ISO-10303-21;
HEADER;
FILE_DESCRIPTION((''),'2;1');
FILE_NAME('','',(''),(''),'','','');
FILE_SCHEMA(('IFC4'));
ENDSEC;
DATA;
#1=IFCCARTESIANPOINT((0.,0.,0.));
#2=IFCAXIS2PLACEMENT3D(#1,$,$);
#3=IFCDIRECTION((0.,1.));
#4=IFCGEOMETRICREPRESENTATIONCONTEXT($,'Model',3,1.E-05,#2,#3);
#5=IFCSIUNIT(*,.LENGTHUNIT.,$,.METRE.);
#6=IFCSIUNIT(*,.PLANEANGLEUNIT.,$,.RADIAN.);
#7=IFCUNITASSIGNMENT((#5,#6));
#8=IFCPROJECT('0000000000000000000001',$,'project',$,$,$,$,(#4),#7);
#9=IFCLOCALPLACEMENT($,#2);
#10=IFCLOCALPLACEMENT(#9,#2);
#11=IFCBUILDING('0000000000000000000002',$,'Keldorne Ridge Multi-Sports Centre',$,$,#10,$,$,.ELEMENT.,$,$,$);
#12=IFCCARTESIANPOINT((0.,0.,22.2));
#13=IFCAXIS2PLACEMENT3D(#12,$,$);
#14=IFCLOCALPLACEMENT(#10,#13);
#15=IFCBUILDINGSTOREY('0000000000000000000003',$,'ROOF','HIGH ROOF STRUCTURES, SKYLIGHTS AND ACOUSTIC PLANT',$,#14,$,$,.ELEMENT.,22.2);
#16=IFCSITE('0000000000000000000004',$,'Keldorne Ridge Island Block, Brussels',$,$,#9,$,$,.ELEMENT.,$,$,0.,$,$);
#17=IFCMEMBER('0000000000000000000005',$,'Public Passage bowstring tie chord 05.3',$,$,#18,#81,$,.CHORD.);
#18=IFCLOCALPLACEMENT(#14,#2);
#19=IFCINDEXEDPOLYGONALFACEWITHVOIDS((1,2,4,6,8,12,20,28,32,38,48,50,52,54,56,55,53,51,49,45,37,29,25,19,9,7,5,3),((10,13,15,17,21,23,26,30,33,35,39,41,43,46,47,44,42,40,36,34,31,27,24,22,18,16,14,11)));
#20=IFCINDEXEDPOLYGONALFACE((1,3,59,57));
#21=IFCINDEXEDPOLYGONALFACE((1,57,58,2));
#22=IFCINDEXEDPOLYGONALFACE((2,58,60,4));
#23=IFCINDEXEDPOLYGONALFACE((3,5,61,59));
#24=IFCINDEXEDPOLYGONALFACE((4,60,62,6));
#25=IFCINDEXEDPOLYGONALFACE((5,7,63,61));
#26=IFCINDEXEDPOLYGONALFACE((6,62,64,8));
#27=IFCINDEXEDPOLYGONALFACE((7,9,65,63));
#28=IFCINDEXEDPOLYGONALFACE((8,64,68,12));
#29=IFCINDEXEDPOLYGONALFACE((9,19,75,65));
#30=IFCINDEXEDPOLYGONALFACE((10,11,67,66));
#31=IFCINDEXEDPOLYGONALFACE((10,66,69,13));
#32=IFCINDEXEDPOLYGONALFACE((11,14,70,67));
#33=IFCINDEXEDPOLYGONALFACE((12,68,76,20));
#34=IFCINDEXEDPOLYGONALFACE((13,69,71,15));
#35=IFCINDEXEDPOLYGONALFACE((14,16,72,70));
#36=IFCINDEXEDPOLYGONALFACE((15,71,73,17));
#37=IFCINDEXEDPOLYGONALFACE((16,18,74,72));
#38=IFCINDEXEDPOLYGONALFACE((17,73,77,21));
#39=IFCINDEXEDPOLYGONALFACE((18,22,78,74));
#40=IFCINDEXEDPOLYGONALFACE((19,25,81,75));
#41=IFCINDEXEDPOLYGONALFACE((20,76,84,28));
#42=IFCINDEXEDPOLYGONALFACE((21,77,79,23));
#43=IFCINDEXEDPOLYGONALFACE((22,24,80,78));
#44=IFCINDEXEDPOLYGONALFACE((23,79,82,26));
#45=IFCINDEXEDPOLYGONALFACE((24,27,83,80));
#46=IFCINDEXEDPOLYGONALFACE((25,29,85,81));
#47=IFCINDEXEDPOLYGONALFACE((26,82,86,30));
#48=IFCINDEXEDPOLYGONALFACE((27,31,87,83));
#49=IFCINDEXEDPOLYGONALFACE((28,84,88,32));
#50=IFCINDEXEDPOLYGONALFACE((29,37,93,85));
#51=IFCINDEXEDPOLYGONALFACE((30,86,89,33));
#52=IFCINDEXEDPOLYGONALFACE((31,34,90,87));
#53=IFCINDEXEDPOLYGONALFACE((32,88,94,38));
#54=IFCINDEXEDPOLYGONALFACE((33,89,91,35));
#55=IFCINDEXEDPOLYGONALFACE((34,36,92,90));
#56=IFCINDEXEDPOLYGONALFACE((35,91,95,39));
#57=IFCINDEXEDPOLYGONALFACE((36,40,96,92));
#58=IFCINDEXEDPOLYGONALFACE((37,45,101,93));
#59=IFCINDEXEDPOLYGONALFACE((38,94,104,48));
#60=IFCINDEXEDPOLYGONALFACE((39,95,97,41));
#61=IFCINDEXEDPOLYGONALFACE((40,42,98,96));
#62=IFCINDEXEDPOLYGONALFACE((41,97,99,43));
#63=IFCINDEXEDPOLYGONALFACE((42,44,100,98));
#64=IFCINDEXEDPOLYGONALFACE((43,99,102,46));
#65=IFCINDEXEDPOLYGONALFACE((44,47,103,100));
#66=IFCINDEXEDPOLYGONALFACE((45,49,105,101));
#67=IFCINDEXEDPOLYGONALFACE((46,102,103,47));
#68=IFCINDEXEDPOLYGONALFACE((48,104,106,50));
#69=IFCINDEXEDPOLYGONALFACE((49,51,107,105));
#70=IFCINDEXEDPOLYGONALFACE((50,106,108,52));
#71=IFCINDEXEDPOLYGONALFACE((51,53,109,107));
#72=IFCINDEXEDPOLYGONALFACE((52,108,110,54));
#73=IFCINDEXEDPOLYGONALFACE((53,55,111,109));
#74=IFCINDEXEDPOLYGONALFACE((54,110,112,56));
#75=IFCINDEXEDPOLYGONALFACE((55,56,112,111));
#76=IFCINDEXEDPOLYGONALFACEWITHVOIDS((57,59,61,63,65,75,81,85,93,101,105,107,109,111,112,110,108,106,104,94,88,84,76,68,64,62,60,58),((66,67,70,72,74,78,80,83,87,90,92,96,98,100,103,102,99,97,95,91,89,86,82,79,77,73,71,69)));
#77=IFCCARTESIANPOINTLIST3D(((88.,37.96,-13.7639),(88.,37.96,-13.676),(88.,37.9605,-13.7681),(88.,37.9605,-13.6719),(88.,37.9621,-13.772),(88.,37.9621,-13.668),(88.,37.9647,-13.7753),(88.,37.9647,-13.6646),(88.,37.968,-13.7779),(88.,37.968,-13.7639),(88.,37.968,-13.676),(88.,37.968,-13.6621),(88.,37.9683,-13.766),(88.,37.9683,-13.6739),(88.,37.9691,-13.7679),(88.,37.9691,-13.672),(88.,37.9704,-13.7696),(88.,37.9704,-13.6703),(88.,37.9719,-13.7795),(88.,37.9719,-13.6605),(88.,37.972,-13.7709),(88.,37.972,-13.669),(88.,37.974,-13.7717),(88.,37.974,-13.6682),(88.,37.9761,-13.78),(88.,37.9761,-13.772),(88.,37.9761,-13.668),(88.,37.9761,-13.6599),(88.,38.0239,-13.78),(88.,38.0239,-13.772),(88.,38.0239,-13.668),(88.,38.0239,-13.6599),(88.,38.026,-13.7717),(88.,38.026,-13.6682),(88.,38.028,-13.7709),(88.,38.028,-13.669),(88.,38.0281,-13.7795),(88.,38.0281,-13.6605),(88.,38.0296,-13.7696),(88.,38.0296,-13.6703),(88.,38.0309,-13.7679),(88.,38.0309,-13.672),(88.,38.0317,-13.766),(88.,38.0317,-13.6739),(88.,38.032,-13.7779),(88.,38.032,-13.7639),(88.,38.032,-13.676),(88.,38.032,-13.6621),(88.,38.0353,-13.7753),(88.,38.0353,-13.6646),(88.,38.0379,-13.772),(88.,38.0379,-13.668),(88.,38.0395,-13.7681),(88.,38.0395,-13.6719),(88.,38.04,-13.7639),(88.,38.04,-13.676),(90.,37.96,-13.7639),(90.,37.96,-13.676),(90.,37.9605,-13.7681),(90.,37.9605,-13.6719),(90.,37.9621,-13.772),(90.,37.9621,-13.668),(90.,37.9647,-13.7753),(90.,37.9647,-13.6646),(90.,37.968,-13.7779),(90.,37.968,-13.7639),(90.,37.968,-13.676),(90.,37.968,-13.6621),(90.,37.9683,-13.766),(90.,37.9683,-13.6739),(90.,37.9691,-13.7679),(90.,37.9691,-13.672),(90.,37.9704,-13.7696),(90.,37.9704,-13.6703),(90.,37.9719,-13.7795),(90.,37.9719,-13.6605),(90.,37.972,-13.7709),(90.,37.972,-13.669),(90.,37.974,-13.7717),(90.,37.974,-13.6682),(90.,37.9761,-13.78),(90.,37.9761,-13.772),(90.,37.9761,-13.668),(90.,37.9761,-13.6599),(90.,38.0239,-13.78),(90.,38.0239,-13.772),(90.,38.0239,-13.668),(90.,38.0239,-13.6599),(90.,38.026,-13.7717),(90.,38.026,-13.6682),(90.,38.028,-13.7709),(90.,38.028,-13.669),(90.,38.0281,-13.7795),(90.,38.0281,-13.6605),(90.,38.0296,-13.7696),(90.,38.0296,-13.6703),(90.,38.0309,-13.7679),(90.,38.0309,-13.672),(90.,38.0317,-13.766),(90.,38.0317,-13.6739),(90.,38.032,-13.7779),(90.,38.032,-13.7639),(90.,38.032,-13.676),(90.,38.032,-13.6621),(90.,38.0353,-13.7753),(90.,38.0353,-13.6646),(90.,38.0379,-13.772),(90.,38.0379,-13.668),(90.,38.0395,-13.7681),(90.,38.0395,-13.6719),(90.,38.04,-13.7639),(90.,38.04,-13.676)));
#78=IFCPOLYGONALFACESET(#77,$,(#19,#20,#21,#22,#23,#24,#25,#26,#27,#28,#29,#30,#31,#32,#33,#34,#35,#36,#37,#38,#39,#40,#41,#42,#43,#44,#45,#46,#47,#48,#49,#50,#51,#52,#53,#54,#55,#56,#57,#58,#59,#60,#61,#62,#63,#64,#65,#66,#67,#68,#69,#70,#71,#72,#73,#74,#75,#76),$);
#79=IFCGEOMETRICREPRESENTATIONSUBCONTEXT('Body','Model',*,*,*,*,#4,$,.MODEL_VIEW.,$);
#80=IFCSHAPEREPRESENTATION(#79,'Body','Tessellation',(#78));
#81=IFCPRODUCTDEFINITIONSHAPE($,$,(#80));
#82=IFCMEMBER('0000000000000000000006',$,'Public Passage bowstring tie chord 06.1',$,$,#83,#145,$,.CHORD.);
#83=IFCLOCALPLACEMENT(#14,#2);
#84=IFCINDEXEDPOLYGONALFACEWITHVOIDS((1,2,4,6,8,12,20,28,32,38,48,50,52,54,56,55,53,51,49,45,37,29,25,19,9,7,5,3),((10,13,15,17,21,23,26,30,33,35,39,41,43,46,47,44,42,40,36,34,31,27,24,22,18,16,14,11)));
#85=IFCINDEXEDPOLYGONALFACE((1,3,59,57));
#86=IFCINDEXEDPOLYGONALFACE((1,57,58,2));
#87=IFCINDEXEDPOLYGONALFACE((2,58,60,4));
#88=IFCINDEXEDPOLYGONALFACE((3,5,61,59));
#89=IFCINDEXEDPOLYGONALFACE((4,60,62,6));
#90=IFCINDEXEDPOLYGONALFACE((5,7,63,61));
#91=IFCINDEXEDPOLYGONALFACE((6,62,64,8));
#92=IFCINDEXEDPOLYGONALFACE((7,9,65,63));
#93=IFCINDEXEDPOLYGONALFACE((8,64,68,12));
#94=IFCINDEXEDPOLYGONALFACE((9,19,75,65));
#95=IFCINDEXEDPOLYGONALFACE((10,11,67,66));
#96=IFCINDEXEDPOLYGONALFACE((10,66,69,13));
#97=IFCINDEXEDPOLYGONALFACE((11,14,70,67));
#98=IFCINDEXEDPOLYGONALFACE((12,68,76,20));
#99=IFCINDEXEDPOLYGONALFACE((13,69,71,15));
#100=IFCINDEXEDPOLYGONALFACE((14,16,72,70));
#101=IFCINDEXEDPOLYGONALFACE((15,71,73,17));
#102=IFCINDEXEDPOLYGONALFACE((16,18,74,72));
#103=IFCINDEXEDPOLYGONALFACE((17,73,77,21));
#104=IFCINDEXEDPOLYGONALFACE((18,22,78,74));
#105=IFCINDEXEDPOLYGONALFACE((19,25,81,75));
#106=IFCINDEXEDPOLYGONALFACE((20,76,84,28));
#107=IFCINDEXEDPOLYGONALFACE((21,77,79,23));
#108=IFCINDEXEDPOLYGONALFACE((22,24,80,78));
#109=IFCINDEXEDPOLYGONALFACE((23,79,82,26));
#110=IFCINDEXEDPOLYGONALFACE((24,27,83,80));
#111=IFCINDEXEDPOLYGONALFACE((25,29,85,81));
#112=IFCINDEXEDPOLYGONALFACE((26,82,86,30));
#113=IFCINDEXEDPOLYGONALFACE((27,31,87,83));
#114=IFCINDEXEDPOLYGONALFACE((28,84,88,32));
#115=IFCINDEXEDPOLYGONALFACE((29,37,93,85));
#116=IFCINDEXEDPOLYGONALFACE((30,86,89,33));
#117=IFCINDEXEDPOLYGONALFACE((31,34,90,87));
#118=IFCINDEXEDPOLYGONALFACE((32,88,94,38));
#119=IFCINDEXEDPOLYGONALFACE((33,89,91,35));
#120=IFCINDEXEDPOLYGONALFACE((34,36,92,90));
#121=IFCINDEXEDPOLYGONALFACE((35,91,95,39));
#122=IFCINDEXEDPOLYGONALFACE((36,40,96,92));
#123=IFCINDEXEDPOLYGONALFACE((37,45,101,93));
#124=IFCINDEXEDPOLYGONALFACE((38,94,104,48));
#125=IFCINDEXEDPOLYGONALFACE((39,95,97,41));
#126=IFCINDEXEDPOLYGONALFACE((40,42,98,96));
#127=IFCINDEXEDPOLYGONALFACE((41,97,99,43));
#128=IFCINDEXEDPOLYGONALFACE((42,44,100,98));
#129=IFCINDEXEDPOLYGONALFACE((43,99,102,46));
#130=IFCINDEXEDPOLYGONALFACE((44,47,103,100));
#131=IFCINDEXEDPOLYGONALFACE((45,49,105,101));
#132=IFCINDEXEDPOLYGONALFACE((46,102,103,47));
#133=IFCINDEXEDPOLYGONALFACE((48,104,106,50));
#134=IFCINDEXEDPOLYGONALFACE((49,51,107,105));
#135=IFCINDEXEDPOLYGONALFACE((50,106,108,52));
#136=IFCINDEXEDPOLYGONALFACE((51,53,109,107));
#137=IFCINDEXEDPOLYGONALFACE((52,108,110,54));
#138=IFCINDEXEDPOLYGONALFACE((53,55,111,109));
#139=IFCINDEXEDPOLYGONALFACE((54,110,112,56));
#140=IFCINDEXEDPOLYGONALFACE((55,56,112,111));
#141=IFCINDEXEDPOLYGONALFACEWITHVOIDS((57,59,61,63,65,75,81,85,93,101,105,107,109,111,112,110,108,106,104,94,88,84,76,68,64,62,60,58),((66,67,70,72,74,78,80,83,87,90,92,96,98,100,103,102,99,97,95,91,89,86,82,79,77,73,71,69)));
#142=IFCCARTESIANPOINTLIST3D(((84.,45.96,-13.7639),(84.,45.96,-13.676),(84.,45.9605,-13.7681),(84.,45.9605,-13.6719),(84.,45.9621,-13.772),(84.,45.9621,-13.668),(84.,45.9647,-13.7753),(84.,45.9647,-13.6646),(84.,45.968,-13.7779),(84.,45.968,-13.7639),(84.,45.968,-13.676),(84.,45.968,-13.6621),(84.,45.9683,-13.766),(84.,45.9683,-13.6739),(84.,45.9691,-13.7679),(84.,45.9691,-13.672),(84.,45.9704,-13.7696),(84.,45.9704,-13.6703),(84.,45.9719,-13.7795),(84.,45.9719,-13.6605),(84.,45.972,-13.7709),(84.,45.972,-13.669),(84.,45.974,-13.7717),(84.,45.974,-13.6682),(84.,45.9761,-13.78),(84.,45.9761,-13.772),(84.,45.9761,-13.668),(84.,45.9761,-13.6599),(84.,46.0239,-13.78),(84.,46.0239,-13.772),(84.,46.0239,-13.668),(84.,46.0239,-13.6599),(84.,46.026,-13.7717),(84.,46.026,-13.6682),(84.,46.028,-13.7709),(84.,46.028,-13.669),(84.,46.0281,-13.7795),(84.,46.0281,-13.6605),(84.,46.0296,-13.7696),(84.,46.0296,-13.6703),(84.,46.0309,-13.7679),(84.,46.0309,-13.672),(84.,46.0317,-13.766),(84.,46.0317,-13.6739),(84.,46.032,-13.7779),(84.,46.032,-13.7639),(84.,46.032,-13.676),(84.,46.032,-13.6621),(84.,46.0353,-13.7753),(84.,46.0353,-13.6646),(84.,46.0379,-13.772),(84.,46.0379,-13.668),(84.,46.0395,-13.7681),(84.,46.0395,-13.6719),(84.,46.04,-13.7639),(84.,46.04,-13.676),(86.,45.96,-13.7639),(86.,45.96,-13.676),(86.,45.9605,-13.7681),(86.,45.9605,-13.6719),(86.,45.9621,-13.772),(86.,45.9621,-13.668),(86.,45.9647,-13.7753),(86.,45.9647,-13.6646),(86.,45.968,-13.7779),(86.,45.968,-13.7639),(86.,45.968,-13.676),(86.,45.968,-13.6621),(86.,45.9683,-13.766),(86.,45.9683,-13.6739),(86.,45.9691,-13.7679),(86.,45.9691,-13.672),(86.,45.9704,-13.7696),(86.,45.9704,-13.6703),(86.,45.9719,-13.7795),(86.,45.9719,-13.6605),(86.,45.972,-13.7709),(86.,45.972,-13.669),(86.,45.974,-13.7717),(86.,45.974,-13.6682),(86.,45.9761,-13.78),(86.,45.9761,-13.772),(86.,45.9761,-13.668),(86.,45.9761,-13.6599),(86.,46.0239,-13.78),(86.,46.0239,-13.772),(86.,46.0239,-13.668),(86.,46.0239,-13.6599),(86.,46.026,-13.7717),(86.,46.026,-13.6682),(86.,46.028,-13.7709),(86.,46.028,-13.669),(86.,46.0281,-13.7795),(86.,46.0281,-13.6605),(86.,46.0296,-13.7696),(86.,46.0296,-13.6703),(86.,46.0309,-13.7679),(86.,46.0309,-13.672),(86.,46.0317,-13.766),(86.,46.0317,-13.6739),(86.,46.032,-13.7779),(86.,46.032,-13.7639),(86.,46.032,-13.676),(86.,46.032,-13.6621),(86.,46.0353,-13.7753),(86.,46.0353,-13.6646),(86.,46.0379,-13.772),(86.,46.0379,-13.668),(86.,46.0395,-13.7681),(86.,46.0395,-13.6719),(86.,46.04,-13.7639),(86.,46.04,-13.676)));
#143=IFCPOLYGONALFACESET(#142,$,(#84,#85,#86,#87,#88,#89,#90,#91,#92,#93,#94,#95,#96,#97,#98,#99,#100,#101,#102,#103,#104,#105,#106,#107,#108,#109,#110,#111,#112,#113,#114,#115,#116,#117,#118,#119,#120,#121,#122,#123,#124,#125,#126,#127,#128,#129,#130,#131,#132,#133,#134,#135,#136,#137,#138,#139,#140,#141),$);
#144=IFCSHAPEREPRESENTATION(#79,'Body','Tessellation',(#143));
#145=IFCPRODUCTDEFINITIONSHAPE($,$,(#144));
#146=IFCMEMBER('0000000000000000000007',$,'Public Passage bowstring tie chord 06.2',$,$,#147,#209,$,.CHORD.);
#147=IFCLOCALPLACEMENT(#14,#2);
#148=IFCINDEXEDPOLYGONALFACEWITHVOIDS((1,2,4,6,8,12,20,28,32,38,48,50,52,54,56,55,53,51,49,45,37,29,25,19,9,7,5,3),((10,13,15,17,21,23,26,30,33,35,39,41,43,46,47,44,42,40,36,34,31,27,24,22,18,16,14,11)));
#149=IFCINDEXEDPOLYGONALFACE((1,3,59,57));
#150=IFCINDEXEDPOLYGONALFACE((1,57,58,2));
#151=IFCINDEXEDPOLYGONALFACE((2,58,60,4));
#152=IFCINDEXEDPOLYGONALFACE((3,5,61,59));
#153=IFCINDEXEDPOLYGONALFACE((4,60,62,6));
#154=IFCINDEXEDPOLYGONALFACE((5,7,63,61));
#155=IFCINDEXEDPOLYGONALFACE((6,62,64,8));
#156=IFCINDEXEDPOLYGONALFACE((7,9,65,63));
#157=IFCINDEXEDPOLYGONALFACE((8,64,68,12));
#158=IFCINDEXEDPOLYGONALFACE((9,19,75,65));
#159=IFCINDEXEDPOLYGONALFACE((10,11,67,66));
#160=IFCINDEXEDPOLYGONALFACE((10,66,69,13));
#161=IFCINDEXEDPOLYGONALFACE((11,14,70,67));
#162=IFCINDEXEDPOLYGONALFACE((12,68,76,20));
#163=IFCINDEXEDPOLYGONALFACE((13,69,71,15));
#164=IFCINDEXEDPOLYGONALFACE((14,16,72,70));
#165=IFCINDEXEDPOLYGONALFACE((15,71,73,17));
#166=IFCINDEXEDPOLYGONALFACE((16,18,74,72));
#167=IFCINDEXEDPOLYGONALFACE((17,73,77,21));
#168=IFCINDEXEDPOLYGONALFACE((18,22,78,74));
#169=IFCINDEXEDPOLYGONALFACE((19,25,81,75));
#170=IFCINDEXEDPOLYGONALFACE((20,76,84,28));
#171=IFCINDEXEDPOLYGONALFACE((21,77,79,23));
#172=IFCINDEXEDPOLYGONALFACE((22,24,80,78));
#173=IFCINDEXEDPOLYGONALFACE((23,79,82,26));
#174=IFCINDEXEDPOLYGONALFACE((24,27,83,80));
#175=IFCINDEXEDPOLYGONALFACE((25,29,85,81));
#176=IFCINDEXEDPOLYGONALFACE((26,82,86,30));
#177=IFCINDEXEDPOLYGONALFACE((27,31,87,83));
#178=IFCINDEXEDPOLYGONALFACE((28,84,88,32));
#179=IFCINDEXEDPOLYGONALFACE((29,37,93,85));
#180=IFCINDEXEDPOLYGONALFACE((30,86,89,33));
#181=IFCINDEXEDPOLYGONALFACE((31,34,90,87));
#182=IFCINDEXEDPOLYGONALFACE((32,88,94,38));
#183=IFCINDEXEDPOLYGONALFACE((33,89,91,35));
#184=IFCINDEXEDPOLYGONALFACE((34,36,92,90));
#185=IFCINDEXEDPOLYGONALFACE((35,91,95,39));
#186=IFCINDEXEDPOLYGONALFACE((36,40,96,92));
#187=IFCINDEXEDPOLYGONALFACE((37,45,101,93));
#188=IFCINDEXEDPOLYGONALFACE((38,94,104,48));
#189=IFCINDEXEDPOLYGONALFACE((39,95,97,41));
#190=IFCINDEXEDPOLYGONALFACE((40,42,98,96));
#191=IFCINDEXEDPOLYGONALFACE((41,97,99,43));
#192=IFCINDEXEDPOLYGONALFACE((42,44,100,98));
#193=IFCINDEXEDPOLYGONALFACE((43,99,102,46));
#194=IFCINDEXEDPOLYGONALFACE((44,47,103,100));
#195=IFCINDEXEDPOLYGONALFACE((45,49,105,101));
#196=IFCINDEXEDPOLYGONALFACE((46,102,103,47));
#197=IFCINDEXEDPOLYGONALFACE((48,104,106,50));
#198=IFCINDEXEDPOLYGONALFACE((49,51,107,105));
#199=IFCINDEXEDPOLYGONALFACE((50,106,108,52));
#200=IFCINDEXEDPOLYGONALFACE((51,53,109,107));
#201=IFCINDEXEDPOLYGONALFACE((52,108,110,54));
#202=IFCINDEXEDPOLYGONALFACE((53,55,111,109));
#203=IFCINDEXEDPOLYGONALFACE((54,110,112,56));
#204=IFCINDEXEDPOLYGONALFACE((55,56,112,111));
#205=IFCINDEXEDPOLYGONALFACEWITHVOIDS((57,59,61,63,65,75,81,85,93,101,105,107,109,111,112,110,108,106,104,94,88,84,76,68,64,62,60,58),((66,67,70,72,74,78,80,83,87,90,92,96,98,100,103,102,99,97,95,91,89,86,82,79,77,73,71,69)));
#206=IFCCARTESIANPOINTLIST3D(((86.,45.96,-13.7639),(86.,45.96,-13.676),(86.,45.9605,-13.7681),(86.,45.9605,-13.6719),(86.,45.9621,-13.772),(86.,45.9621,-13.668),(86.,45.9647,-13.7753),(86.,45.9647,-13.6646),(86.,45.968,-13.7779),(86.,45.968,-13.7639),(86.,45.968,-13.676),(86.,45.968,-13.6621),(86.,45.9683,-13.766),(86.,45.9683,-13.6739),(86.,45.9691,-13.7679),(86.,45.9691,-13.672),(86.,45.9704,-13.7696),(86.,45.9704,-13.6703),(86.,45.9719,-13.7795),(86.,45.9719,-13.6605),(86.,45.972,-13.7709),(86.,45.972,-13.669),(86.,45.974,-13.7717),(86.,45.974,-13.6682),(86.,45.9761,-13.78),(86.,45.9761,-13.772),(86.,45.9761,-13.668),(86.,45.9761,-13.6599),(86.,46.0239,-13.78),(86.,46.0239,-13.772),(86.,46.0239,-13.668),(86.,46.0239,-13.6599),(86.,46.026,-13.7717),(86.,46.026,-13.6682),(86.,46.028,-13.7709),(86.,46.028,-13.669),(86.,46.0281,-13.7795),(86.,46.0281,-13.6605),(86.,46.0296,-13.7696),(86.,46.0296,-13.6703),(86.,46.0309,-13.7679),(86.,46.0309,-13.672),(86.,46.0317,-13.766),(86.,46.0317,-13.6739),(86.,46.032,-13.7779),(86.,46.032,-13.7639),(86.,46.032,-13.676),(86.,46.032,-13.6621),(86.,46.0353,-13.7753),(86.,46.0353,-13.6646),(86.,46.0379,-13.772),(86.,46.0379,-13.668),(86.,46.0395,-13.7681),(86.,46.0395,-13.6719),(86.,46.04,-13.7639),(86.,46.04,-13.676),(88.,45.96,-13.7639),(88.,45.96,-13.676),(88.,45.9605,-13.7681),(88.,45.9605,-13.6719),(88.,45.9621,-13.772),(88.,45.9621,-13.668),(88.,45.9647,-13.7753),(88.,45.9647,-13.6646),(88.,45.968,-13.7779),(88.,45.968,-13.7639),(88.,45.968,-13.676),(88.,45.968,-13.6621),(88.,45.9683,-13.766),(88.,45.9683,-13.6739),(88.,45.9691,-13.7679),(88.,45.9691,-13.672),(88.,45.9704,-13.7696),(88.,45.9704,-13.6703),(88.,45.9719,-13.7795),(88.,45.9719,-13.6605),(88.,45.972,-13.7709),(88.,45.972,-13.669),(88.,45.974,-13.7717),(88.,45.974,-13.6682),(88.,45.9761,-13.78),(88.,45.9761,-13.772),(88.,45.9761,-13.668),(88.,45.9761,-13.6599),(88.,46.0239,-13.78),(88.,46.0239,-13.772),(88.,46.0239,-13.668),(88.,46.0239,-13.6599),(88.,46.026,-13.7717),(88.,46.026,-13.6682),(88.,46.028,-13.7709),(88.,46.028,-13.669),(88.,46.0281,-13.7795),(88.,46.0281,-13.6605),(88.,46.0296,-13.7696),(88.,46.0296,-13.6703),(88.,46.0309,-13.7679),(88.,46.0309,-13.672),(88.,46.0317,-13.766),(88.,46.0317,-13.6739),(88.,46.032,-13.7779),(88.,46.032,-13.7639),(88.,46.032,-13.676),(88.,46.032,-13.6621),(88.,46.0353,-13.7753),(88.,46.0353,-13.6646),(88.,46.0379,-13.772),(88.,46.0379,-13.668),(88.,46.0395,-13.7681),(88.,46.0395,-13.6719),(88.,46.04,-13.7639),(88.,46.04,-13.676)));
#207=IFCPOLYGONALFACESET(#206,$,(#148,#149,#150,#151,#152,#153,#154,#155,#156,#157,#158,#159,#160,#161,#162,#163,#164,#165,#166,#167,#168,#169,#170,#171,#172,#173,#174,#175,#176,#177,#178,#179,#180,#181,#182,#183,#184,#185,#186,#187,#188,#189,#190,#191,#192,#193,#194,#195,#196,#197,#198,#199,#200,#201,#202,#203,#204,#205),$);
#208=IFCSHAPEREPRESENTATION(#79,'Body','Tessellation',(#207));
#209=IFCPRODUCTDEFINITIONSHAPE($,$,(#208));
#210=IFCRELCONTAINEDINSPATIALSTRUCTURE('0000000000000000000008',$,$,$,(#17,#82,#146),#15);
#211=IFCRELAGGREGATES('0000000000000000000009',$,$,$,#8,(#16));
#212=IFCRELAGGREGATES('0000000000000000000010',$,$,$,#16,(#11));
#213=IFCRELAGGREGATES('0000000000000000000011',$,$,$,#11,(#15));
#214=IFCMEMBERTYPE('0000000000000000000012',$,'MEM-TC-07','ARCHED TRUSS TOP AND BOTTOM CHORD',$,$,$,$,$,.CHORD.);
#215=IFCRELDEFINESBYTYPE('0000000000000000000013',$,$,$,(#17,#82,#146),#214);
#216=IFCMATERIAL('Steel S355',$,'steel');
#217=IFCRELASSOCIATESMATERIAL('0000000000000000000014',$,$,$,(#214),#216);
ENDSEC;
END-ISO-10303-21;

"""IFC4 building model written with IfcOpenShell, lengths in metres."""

from ifc_helpers import new_model, si_unit, direction, frame, origin, origin_2d, place, context, subcontext, project, spatial, hollow_rectangle, extrude, material, material_profile, profile_set, type_object, element, save


model = new_model("IFC4")

# Units and contexts
model_context = context("Model", 3, precision=1e-05, world=origin(), true_north=direction((0.0, 1.0)))
body_context = subcontext(model_context, "Body", "Model", "MODEL_VIEW")
ifc_project = project(units=[si_unit("LENGTHUNIT", "METRE"), si_unit("PLANEANGLEUNIT", "RADIAN")], contexts=[model_context])

# Site, building, storey
site_placement = place(None, origin())
site = spatial("IfcSite", under=ifc_project, at=site_placement, Name="Keldorne Ridge Island Block, Brussels", CompositionType="ELEMENT", RefElevation=0.0)
building_placement = place(site_placement, origin())
building = spatial("IfcBuilding", under=site, at=building_placement, Name="Keldorne Ridge Multi-Sports Centre", CompositionType="ELEMENT")
storey_placement = place(building_placement, frame((0.0, 0.0, 22.2)))
storey = spatial("IfcBuildingStorey", under=building, at=storey_placement, Name="ROOF", Description="HIGH ROOF STRUCTURES, SKYLIGHTS AND ACOUSTIC PLANT", CompositionType="ELEMENT", Elevation=22.2)

# Members
ifc_material = material(Name="Steel S355", Category="steel")
ifc_material_profile_1 = material_profile(ifc_material, hollow_rectangle(XDim=0.0801, YDim=0.1201, WallThickness=0.0081, InnerFilletRadius=0.0081, OuterFilletRadius=0.0161, at=origin_2d()), Name="RHS 120x80x8")
ifc_profile_set_1 = profile_set([ifc_material_profile_1], Name="Steel S355")
member_type_1 = type_object("IfcMemberType", Name="MEM-TC-07", Description="ARCHED TRUSS TOP AND BOTTOM CHORD", PredefinedType="CHORD", material=ifc_profile_set_1)
for number, where, z_axis, x_axis, name in (
    (1, (88.0, 38.0, -13.72), (1.0, 0.0, 0.0), (0.0, 1.0, 0.0), "Public Passage bowstring tie chord 05.3"),
    (2, (84.0, 46.0, -13.72), (1.0, 0.0, 0.0), (0.0, 1.0, 0.0), "Public Passage bowstring tie chord 06.1"),
    (3, (86.0, 46.0, -13.72), (1.0, 0.0, 0.0), (0.0, 1.0, 0.0), "Public Passage bowstring tie chord 06.2"),
):
    element("IfcMember", number, at=place(storey_placement, frame(where, z_axis=z_axis, x_axis=x_axis)), inside=storey, type_object=member_type_1, Name=name, PredefinedType="CHORD", context=body_context, shape_type="SweptSolid", body=[
        extrude(hollow_rectangle(XDim=0.0801, YDim=0.1201, WallThickness=0.0081, InnerFilletRadius=0.0081, OuterFilletRadius=0.0161, at=origin_2d()), origin(), (0.0, 0.0, 1.0), 2.0),
    ])

save(model, "model.ifc")
